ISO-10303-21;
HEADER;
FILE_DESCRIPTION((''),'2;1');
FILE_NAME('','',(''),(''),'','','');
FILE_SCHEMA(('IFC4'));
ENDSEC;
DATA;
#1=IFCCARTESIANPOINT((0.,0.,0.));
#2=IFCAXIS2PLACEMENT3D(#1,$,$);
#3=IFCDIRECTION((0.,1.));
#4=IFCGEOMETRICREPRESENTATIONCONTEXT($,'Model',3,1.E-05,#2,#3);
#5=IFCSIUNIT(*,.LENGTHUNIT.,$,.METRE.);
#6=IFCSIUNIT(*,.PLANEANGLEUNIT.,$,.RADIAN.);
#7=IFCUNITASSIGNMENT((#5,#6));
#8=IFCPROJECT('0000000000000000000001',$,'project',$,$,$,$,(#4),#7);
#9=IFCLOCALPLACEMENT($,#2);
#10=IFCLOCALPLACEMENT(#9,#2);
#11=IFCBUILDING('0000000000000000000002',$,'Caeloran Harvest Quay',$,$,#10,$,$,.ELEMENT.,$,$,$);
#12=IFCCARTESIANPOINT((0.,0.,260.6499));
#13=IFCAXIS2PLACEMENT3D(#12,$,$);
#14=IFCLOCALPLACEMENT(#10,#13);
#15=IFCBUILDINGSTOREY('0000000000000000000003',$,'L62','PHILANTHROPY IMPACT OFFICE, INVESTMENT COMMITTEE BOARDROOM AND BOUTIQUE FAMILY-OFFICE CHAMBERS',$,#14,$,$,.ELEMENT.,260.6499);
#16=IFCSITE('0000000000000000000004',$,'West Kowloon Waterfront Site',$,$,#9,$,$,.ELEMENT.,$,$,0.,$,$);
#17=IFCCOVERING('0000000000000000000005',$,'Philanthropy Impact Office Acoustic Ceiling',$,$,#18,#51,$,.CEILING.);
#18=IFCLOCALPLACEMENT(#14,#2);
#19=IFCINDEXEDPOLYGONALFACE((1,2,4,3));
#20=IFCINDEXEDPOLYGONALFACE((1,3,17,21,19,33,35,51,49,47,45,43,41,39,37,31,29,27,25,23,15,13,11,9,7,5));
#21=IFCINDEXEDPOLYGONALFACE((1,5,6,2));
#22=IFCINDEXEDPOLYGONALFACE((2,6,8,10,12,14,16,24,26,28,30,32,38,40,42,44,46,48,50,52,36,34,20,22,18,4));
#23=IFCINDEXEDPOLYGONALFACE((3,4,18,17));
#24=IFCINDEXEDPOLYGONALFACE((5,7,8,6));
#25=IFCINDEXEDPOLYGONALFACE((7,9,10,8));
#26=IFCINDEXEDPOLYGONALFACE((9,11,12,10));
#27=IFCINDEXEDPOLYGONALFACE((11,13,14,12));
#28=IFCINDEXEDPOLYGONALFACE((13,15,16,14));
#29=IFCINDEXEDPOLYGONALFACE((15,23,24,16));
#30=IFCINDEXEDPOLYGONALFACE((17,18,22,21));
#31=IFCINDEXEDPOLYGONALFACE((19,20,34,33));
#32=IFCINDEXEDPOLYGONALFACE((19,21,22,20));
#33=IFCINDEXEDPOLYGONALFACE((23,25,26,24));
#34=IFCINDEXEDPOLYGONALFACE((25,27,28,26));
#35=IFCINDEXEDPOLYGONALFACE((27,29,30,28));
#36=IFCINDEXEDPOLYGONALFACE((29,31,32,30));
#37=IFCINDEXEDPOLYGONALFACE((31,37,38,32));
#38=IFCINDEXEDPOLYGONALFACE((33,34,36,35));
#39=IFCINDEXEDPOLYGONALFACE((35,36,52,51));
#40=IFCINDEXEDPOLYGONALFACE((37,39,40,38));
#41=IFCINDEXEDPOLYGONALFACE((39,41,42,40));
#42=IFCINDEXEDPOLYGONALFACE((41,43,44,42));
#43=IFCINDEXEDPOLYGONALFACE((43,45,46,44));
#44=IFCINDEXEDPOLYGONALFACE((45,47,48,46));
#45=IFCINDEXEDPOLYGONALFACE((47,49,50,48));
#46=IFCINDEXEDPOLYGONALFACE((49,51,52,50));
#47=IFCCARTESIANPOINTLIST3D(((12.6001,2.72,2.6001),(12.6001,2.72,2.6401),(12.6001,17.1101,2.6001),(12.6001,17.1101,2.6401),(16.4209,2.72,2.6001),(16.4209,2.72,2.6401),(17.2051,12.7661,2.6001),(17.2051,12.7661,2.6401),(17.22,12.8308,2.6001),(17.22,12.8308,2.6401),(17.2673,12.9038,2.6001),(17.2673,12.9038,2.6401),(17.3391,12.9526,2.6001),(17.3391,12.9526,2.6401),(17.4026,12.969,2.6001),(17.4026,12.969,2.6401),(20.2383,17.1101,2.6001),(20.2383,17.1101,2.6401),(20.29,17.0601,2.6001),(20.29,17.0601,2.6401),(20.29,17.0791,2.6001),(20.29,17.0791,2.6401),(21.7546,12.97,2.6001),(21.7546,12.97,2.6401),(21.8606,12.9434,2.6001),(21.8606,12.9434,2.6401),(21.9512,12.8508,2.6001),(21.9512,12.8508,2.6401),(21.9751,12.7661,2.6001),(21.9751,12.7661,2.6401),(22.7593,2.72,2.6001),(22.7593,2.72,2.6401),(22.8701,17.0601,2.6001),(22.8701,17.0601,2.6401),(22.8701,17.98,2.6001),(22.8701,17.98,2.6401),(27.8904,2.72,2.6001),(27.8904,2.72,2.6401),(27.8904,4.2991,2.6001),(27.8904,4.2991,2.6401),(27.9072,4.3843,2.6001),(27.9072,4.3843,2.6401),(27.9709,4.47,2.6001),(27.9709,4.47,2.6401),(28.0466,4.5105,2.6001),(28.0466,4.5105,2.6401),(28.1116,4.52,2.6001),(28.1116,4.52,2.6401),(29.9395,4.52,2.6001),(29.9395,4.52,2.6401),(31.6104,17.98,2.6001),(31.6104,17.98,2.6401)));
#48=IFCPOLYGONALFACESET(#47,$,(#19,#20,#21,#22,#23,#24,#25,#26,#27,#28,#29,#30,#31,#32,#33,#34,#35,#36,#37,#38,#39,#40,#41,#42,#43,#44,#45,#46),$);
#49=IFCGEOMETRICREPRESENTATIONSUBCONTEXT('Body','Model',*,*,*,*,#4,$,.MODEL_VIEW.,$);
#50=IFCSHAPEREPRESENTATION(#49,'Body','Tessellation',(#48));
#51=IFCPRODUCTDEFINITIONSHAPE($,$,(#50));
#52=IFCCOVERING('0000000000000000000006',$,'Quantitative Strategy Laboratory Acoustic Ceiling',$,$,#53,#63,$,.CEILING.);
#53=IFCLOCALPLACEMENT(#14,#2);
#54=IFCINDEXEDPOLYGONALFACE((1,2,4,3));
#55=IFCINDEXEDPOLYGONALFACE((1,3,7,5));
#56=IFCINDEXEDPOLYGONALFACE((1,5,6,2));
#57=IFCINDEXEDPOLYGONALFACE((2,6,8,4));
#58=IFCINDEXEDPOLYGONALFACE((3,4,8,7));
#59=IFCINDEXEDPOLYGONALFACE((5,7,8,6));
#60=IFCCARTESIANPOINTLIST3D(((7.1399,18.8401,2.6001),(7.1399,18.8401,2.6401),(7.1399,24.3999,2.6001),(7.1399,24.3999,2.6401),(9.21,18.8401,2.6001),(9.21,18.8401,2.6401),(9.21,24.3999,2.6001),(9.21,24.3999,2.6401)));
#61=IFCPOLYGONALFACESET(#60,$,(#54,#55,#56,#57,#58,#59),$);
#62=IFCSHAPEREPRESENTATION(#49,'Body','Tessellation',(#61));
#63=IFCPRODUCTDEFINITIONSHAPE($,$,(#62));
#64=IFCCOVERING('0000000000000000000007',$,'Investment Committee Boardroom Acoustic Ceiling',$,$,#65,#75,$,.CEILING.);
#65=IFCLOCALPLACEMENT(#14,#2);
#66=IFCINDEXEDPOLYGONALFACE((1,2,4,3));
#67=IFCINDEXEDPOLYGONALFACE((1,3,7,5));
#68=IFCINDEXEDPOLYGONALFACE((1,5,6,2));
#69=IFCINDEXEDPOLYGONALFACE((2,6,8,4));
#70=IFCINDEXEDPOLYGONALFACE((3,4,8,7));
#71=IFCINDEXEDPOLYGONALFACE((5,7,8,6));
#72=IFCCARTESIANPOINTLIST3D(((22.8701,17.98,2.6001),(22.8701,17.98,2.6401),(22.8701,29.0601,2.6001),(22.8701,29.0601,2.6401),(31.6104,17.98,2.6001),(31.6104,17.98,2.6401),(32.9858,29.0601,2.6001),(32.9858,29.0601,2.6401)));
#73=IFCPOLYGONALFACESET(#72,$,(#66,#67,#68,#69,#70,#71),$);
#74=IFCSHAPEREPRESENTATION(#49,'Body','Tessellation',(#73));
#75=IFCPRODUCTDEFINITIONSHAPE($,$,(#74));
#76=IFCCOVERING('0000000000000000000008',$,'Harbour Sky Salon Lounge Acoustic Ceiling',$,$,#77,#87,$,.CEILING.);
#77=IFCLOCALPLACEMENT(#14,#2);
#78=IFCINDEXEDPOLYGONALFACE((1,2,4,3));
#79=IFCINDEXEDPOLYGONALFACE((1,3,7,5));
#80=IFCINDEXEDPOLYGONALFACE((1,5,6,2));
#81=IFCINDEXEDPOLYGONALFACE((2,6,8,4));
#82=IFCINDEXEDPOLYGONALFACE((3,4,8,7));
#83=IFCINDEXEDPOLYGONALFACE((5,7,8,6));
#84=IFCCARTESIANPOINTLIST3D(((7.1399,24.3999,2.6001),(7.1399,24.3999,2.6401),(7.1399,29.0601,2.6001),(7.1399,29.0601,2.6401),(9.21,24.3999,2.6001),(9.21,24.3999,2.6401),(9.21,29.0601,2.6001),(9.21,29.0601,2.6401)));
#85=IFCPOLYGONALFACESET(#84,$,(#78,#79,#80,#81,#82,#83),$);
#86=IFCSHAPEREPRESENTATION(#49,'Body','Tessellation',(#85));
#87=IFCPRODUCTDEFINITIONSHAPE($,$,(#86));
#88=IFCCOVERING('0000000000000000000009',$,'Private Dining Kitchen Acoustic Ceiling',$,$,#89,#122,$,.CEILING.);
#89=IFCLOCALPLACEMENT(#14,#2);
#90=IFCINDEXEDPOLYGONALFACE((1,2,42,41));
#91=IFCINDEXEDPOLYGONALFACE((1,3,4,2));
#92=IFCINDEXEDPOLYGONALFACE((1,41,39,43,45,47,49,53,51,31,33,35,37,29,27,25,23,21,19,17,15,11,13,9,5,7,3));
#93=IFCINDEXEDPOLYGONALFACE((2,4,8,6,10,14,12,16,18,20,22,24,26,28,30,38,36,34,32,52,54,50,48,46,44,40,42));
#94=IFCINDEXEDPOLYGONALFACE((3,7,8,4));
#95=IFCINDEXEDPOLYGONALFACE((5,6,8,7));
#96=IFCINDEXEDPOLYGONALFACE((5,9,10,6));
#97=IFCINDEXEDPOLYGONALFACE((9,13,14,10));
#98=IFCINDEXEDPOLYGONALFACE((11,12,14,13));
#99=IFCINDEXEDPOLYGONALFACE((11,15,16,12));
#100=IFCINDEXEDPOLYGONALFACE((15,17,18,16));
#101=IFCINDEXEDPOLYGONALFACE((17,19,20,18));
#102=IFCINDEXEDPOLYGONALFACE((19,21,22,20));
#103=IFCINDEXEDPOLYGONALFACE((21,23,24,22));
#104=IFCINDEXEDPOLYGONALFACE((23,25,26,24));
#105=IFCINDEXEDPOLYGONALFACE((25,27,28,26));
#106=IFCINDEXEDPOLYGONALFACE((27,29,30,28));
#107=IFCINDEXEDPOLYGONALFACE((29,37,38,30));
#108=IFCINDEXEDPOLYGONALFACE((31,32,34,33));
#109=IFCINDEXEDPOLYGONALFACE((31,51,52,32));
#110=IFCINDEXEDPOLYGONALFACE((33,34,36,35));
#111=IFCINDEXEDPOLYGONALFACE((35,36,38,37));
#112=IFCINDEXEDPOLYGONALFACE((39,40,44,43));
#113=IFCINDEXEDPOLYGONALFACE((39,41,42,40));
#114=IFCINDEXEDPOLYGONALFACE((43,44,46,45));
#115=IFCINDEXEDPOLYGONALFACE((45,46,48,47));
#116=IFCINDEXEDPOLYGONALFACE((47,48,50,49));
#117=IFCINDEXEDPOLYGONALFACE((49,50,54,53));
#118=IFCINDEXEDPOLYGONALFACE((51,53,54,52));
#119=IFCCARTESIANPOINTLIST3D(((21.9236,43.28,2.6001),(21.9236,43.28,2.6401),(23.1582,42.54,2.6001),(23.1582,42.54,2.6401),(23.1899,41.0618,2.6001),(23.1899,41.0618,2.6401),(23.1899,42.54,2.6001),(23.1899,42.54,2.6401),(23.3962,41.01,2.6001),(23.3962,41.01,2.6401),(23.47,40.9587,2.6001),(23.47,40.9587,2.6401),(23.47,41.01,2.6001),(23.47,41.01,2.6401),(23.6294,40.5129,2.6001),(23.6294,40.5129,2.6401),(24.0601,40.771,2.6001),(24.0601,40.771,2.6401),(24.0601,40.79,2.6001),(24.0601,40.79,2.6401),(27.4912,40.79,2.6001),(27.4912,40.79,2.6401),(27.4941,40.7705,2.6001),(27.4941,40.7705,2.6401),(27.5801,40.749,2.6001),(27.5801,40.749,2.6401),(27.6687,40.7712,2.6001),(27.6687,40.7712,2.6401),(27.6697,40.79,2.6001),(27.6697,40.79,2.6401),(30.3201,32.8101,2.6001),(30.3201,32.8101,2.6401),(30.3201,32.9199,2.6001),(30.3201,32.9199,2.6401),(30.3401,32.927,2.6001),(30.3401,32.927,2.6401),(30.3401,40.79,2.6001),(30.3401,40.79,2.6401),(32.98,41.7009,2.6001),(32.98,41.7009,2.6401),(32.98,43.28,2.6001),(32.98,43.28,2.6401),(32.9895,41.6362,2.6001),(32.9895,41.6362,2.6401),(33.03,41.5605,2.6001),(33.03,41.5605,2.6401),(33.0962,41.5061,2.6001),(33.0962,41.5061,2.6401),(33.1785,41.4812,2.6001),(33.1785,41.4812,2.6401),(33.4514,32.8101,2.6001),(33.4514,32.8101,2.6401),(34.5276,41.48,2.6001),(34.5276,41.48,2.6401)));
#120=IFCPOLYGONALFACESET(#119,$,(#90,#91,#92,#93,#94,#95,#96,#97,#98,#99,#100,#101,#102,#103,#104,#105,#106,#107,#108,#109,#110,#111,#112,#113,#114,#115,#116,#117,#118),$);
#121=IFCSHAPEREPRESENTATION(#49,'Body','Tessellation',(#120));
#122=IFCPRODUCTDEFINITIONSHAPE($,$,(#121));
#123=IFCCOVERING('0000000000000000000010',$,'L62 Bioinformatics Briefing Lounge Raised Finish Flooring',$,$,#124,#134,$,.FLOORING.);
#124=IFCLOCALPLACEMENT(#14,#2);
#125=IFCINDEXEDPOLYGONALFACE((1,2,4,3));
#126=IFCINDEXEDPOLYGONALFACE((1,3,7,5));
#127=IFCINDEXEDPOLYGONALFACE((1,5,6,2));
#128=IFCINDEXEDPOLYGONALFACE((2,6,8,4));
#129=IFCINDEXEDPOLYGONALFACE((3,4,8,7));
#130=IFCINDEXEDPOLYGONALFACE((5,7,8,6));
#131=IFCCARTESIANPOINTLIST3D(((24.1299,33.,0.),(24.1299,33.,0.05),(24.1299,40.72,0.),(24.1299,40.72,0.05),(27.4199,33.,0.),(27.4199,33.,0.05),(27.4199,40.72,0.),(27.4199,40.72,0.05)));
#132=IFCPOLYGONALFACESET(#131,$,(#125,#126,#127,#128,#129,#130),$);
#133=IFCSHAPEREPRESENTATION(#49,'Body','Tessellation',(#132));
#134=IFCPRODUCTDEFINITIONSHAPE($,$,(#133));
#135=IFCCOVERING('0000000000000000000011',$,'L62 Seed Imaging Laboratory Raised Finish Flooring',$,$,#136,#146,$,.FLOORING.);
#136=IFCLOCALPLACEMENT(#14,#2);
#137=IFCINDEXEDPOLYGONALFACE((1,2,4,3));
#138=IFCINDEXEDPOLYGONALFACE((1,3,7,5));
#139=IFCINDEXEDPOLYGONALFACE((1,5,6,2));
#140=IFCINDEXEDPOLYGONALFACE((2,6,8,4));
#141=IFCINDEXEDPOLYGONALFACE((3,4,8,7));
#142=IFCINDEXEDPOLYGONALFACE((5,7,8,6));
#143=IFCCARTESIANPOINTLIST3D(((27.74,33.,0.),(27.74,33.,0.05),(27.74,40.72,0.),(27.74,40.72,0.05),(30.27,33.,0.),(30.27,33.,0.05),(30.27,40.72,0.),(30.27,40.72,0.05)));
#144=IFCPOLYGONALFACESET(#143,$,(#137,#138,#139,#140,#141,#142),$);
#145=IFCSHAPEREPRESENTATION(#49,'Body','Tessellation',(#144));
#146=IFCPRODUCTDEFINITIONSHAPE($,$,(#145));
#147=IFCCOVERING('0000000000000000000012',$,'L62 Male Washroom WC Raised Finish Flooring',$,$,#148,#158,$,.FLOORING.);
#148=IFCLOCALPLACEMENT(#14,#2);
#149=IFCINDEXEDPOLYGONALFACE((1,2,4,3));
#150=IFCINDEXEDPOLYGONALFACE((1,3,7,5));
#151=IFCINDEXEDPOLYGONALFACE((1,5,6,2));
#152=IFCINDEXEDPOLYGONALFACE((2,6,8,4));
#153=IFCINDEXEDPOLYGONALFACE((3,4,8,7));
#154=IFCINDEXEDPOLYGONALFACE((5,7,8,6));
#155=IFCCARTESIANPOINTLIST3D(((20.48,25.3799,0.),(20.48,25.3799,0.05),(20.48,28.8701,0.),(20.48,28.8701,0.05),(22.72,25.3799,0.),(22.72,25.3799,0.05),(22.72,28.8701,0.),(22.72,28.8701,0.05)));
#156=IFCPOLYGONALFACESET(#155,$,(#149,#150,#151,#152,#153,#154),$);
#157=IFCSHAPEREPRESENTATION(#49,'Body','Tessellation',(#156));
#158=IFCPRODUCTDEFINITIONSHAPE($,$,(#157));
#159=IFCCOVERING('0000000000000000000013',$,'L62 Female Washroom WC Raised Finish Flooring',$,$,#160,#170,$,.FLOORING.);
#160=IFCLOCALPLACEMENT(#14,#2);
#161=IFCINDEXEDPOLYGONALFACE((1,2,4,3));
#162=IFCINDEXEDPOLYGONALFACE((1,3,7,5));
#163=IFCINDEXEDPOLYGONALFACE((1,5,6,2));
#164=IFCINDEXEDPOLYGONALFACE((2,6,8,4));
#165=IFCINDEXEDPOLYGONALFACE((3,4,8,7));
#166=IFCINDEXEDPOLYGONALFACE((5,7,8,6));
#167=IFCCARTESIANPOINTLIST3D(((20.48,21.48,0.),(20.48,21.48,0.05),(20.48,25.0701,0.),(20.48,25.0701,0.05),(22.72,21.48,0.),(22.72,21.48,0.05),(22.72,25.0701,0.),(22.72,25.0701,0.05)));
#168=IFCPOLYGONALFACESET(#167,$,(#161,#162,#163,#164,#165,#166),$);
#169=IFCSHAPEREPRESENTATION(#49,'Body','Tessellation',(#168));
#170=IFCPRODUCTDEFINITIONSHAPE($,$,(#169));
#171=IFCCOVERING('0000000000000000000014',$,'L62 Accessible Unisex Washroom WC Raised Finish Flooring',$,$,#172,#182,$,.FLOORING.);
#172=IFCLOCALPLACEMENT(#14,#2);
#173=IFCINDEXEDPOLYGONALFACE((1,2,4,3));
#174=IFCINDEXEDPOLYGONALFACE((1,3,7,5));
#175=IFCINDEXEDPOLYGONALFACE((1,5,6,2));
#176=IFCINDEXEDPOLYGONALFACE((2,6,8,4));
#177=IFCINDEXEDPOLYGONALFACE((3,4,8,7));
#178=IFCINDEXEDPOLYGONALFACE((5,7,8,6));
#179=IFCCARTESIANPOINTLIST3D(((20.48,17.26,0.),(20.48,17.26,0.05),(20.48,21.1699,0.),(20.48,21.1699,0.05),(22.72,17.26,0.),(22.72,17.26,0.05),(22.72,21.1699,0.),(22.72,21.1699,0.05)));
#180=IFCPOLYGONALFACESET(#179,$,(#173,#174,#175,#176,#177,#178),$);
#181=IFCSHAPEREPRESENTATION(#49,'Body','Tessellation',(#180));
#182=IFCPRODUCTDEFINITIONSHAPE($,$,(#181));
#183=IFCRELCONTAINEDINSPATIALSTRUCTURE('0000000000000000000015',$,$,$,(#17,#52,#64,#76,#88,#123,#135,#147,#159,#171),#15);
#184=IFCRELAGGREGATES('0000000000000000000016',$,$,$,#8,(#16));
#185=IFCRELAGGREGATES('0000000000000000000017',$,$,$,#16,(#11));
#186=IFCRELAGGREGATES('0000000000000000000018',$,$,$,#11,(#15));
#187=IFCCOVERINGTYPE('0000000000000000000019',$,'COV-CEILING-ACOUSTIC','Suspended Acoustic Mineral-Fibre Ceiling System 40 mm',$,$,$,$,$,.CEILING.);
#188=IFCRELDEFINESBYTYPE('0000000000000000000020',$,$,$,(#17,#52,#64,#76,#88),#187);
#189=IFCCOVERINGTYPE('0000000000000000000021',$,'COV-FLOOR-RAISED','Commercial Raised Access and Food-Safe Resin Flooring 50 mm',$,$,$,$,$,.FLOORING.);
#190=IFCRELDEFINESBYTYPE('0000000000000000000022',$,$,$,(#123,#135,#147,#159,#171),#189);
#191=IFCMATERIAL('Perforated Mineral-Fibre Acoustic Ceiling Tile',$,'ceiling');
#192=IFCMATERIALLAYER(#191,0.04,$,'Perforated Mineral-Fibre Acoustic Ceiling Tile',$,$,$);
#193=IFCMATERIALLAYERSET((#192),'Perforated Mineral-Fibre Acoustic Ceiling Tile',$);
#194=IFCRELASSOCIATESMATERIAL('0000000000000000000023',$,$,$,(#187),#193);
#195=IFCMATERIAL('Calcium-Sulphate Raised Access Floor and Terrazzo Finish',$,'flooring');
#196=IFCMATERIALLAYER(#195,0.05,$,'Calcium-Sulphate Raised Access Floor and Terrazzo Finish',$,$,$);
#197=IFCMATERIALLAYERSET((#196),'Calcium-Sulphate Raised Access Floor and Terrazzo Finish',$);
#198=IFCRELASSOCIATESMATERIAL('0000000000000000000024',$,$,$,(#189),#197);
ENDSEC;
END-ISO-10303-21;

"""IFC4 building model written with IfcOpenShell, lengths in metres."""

from ifc_helpers import new_model, si_unit, direction, frame, origin, place, context, subcontext, project, spatial, polyline, outline, extrude, material, layer, layer_set, type_object, element, save


model = new_model("IFC4")

# Units and contexts
model_context = context("Model", 3, precision=1e-05, world=origin(), true_north=direction((0.0, 1.0)))
body_context = subcontext(model_context, "Body", "Model", "MODEL_VIEW")
ifc_project = project(units=[si_unit("LENGTHUNIT", "METRE"), si_unit("PLANEANGLEUNIT", "RADIAN")], contexts=[model_context])

# Site, building, storey
site_placement = place(None, origin())
site = spatial("IfcSite", under=ifc_project, at=site_placement, Name="West Kowloon Waterfront Site", CompositionType="ELEMENT", RefElevation=0.0)
building_placement = place(site_placement, origin())
building = spatial("IfcBuilding", under=site, at=building_placement, Name="Caeloran Harvest Quay", CompositionType="ELEMENT")
storey_placement = place(building_placement, frame((0.0, 0.0, 260.6499)))
storey = spatial("IfcBuildingStorey", under=building, at=storey_placement, Name="L62", Description="PHILANTHROPY IMPACT OFFICE, INVESTMENT COMMITTEE BOARDROOM AND BOUTIQUE FAMILY-OFFICE CHAMBERS", CompositionType="ELEMENT", Elevation=260.6499)

# Coverings
ifc_material_1 = material(Name="Perforated Mineral-Fibre Acoustic Ceiling Tile", Category="ceiling")
ifc_layer_1 = layer(ifc_material_1, 0.04, Name="Perforated Mineral-Fibre Acoustic Ceiling Tile")
ifc_layer_set_1 = layer_set([ifc_layer_1], Name="Perforated Mineral-Fibre Acoustic Ceiling Tile")
covering_type_1 = type_object("IfcCoveringType", Name="COV-CEILING-ACOUSTIC", Description="Suspended Acoustic Mineral-Fibre Ceiling System 40 mm", PredefinedType="CEILING", material=ifc_layer_set_1)
covering_1_placement = place(storey_placement, frame((0.0, 0.0, 2.6001)))
element("IfcCovering", 1, at=covering_1_placement, inside=storey, type_object=covering_type_1, Name="Philanthropy Impact Office Acoustic Ceiling", PredefinedType="CEILING", context=body_context, shape_type="SweptSolid", body=[
    extrude(outline(polyline([(22.8701, 17.0601), (22.8701, 17.98), (31.6104, 17.98), (29.9395, 4.52), (28.1116, 4.52), (28.0466, 4.5105), (27.9709, 4.47), (27.9072, 4.3843), (27.8904, 4.2991), (27.8904, 2.72), (22.7593, 2.72), (21.9751, 12.7661), (21.9512, 12.8508), (21.8606, 12.9434), (21.7546, 12.97), (17.4026, 12.969), (17.3391, 12.9526), (17.2673, 12.9038), (17.22, 12.8308), (17.2051, 12.7661), (16.4209, 2.72), (12.6001, 2.72), (12.6001, 17.1101), (20.2383, 17.1101), (20.29, 17.0791), (20.29, 17.0601), (22.8701, 17.0601)])), origin(), (0.0, 0.0, 1.0), 0.04),
])
covering_2_placement = place(storey_placement, frame((0.0, 0.0, 2.6001)))
element("IfcCovering", 2, at=covering_2_placement, inside=storey, type_object=covering_type_1, Name="Quantitative Strategy Laboratory Acoustic Ceiling", PredefinedType="CEILING", context=body_context, shape_type="SweptSolid", body=[
    extrude(outline(polyline([(7.1399, 18.8401), (7.1399, 24.3999), (9.21, 24.3999), (9.21, 18.8401), (7.1399, 18.8401)])), origin(), (0.0, 0.0, 1.0), 0.04),
])
covering_3_placement = place(storey_placement, frame((0.0, 0.0, 2.6001)))
element("IfcCovering", 3, at=covering_3_placement, inside=storey, type_object=covering_type_1, Name="Investment Committee Boardroom Acoustic Ceiling", PredefinedType="CEILING", context=body_context, shape_type="SweptSolid", body=[
    extrude(outline(polyline([(32.9858, 29.0601), (31.6104, 17.98), (22.8701, 17.98), (22.8701, 29.0601), (32.9858, 29.0601)])), origin(), (0.0, 0.0, 1.0), 0.04),
])
covering_4_placement = place(storey_placement, frame((0.0, 0.0, 2.6001)))
element("IfcCovering", 4, at=covering_4_placement, inside=storey, type_object=covering_type_1, Name="Harbour Sky Salon Lounge Acoustic Ceiling", PredefinedType="CEILING", context=body_context, shape_type="SweptSolid", body=[
    extrude(outline(polyline([(7.1399, 24.3999), (7.1399, 29.0601), (9.21, 29.0601), (9.21, 24.3999), (7.1399, 24.3999)])), origin(), (0.0, 0.0, 1.0), 0.04),
])
covering_5_placement = place(storey_placement, frame((0.0, 0.0, 2.6001)))
element("IfcCovering", 5, at=covering_5_placement, inside=storey, type_object=covering_type_1, Name="Private Dining Kitchen Acoustic Ceiling", PredefinedType="CEILING", context=body_context, shape_type="SweptSolid", body=[
    extrude(outline(polyline([(23.1899, 42.54), (23.1582, 42.54), (21.9236, 43.28), (32.98, 43.28), (32.98, 41.7009), (32.9895, 41.6362), (33.03, 41.5605), (33.0962, 41.5061), (33.1785, 41.4812), (34.5276, 41.48), (33.4514, 32.8101), (30.3201, 32.8101), (30.3201, 32.9199), (30.3401, 32.927), (30.3401, 40.79), (27.6697, 40.79), (27.6687, 40.7712), (27.5801, 40.749), (27.4941, 40.7705), (27.4912, 40.79), (24.0601, 40.79), (24.0601, 40.771), (23.6294, 40.5129), (23.47, 40.9587), (23.47, 41.01), (23.3962, 41.01), (23.1899, 41.0618), (23.1899, 42.54)])), origin(), (0.0, 0.0, 1.0), 0.04),
])
ifc_material_2 = material(Name="Calcium-Sulphate Raised Access Floor and Terrazzo Finish", Category="flooring")
ifc_layer_2 = layer(ifc_material_2, 0.05, Name="Calcium-Sulphate Raised Access Floor and Terrazzo Finish")
ifc_layer_set_2 = layer_set([ifc_layer_2], Name="Calcium-Sulphate Raised Access Floor and Terrazzo Finish")
covering_type_2 = type_object("IfcCoveringType", Name="COV-FLOOR-RAISED", Description="Commercial Raised Access and Food-Safe Resin Flooring 50 mm", PredefinedType="FLOORING", material=ifc_layer_set_2)
covering_6_placement = place(storey_placement, origin())
element("IfcCovering", 6, at=covering_6_placement, inside=storey, type_object=covering_type_2, Name="L62 Bioinformatics Briefing Lounge Raised Finish Flooring", PredefinedType="FLOORING", context=body_context, shape_type="SweptSolid", body=[
    extrude(outline(polyline([(27.4199, 40.72), (27.4199, 33.0), (24.1299, 33.0), (24.1299, 40.72), (27.4199, 40.72)])), origin(), (0.0, 0.0, 1.0), 0.05),
])
covering_7_placement = place(storey_placement, origin())
element("IfcCovering", 7, at=covering_7_placement, inside=storey, type_object=covering_type_2, Name="L62 Seed Imaging Laboratory Raised Finish Flooring", PredefinedType="FLOORING", context=body_context, shape_type="SweptSolid", body=[
    extrude(outline(polyline([(30.27, 40.72), (30.27, 33.0), (27.74, 33.0), (27.74, 40.72), (30.27, 40.72)])), origin(), (0.0, 0.0, 1.0), 0.05),
])
covering_8_placement = place(storey_placement, origin())
element("IfcCovering", 8, at=covering_8_placement, inside=storey, type_object=covering_type_2, Name="L62 Male Washroom WC Raised Finish Flooring", PredefinedType="FLOORING", context=body_context, shape_type="SweptSolid", body=[
    extrude(outline(polyline([(22.72, 28.8701), (22.72, 25.3799), (20.48, 25.3799), (20.48, 28.8701), (22.72, 28.8701)])), origin(), (0.0, 0.0, 1.0), 0.05),
])
covering_9_placement = place(storey_placement, origin())
element("IfcCovering", 9, at=covering_9_placement, inside=storey, type_object=covering_type_2, Name="L62 Female Washroom WC Raised Finish Flooring", PredefinedType="FLOORING", context=body_context, shape_type="SweptSolid", body=[
    extrude(outline(polyline([(22.72, 25.0701), (22.72, 21.48), (20.48, 21.48), (20.48, 25.0701), (22.72, 25.0701)])), origin(), (0.0, 0.0, 1.0), 0.05),
])
covering_10_placement = place(storey_placement, origin())
element("IfcCovering", 10, at=covering_10_placement, inside=storey, type_object=covering_type_2, Name="L62 Accessible Unisex Washroom WC Raised Finish Flooring", PredefinedType="FLOORING", context=body_context, shape_type="SweptSolid", body=[
    extrude(outline(polyline([(22.72, 21.1699), (22.72, 17.26), (20.48, 17.26), (20.48, 21.1699), (22.72, 21.1699)])), origin(), (0.0, 0.0, 1.0), 0.05),
])

save(model, "model.ifc")
